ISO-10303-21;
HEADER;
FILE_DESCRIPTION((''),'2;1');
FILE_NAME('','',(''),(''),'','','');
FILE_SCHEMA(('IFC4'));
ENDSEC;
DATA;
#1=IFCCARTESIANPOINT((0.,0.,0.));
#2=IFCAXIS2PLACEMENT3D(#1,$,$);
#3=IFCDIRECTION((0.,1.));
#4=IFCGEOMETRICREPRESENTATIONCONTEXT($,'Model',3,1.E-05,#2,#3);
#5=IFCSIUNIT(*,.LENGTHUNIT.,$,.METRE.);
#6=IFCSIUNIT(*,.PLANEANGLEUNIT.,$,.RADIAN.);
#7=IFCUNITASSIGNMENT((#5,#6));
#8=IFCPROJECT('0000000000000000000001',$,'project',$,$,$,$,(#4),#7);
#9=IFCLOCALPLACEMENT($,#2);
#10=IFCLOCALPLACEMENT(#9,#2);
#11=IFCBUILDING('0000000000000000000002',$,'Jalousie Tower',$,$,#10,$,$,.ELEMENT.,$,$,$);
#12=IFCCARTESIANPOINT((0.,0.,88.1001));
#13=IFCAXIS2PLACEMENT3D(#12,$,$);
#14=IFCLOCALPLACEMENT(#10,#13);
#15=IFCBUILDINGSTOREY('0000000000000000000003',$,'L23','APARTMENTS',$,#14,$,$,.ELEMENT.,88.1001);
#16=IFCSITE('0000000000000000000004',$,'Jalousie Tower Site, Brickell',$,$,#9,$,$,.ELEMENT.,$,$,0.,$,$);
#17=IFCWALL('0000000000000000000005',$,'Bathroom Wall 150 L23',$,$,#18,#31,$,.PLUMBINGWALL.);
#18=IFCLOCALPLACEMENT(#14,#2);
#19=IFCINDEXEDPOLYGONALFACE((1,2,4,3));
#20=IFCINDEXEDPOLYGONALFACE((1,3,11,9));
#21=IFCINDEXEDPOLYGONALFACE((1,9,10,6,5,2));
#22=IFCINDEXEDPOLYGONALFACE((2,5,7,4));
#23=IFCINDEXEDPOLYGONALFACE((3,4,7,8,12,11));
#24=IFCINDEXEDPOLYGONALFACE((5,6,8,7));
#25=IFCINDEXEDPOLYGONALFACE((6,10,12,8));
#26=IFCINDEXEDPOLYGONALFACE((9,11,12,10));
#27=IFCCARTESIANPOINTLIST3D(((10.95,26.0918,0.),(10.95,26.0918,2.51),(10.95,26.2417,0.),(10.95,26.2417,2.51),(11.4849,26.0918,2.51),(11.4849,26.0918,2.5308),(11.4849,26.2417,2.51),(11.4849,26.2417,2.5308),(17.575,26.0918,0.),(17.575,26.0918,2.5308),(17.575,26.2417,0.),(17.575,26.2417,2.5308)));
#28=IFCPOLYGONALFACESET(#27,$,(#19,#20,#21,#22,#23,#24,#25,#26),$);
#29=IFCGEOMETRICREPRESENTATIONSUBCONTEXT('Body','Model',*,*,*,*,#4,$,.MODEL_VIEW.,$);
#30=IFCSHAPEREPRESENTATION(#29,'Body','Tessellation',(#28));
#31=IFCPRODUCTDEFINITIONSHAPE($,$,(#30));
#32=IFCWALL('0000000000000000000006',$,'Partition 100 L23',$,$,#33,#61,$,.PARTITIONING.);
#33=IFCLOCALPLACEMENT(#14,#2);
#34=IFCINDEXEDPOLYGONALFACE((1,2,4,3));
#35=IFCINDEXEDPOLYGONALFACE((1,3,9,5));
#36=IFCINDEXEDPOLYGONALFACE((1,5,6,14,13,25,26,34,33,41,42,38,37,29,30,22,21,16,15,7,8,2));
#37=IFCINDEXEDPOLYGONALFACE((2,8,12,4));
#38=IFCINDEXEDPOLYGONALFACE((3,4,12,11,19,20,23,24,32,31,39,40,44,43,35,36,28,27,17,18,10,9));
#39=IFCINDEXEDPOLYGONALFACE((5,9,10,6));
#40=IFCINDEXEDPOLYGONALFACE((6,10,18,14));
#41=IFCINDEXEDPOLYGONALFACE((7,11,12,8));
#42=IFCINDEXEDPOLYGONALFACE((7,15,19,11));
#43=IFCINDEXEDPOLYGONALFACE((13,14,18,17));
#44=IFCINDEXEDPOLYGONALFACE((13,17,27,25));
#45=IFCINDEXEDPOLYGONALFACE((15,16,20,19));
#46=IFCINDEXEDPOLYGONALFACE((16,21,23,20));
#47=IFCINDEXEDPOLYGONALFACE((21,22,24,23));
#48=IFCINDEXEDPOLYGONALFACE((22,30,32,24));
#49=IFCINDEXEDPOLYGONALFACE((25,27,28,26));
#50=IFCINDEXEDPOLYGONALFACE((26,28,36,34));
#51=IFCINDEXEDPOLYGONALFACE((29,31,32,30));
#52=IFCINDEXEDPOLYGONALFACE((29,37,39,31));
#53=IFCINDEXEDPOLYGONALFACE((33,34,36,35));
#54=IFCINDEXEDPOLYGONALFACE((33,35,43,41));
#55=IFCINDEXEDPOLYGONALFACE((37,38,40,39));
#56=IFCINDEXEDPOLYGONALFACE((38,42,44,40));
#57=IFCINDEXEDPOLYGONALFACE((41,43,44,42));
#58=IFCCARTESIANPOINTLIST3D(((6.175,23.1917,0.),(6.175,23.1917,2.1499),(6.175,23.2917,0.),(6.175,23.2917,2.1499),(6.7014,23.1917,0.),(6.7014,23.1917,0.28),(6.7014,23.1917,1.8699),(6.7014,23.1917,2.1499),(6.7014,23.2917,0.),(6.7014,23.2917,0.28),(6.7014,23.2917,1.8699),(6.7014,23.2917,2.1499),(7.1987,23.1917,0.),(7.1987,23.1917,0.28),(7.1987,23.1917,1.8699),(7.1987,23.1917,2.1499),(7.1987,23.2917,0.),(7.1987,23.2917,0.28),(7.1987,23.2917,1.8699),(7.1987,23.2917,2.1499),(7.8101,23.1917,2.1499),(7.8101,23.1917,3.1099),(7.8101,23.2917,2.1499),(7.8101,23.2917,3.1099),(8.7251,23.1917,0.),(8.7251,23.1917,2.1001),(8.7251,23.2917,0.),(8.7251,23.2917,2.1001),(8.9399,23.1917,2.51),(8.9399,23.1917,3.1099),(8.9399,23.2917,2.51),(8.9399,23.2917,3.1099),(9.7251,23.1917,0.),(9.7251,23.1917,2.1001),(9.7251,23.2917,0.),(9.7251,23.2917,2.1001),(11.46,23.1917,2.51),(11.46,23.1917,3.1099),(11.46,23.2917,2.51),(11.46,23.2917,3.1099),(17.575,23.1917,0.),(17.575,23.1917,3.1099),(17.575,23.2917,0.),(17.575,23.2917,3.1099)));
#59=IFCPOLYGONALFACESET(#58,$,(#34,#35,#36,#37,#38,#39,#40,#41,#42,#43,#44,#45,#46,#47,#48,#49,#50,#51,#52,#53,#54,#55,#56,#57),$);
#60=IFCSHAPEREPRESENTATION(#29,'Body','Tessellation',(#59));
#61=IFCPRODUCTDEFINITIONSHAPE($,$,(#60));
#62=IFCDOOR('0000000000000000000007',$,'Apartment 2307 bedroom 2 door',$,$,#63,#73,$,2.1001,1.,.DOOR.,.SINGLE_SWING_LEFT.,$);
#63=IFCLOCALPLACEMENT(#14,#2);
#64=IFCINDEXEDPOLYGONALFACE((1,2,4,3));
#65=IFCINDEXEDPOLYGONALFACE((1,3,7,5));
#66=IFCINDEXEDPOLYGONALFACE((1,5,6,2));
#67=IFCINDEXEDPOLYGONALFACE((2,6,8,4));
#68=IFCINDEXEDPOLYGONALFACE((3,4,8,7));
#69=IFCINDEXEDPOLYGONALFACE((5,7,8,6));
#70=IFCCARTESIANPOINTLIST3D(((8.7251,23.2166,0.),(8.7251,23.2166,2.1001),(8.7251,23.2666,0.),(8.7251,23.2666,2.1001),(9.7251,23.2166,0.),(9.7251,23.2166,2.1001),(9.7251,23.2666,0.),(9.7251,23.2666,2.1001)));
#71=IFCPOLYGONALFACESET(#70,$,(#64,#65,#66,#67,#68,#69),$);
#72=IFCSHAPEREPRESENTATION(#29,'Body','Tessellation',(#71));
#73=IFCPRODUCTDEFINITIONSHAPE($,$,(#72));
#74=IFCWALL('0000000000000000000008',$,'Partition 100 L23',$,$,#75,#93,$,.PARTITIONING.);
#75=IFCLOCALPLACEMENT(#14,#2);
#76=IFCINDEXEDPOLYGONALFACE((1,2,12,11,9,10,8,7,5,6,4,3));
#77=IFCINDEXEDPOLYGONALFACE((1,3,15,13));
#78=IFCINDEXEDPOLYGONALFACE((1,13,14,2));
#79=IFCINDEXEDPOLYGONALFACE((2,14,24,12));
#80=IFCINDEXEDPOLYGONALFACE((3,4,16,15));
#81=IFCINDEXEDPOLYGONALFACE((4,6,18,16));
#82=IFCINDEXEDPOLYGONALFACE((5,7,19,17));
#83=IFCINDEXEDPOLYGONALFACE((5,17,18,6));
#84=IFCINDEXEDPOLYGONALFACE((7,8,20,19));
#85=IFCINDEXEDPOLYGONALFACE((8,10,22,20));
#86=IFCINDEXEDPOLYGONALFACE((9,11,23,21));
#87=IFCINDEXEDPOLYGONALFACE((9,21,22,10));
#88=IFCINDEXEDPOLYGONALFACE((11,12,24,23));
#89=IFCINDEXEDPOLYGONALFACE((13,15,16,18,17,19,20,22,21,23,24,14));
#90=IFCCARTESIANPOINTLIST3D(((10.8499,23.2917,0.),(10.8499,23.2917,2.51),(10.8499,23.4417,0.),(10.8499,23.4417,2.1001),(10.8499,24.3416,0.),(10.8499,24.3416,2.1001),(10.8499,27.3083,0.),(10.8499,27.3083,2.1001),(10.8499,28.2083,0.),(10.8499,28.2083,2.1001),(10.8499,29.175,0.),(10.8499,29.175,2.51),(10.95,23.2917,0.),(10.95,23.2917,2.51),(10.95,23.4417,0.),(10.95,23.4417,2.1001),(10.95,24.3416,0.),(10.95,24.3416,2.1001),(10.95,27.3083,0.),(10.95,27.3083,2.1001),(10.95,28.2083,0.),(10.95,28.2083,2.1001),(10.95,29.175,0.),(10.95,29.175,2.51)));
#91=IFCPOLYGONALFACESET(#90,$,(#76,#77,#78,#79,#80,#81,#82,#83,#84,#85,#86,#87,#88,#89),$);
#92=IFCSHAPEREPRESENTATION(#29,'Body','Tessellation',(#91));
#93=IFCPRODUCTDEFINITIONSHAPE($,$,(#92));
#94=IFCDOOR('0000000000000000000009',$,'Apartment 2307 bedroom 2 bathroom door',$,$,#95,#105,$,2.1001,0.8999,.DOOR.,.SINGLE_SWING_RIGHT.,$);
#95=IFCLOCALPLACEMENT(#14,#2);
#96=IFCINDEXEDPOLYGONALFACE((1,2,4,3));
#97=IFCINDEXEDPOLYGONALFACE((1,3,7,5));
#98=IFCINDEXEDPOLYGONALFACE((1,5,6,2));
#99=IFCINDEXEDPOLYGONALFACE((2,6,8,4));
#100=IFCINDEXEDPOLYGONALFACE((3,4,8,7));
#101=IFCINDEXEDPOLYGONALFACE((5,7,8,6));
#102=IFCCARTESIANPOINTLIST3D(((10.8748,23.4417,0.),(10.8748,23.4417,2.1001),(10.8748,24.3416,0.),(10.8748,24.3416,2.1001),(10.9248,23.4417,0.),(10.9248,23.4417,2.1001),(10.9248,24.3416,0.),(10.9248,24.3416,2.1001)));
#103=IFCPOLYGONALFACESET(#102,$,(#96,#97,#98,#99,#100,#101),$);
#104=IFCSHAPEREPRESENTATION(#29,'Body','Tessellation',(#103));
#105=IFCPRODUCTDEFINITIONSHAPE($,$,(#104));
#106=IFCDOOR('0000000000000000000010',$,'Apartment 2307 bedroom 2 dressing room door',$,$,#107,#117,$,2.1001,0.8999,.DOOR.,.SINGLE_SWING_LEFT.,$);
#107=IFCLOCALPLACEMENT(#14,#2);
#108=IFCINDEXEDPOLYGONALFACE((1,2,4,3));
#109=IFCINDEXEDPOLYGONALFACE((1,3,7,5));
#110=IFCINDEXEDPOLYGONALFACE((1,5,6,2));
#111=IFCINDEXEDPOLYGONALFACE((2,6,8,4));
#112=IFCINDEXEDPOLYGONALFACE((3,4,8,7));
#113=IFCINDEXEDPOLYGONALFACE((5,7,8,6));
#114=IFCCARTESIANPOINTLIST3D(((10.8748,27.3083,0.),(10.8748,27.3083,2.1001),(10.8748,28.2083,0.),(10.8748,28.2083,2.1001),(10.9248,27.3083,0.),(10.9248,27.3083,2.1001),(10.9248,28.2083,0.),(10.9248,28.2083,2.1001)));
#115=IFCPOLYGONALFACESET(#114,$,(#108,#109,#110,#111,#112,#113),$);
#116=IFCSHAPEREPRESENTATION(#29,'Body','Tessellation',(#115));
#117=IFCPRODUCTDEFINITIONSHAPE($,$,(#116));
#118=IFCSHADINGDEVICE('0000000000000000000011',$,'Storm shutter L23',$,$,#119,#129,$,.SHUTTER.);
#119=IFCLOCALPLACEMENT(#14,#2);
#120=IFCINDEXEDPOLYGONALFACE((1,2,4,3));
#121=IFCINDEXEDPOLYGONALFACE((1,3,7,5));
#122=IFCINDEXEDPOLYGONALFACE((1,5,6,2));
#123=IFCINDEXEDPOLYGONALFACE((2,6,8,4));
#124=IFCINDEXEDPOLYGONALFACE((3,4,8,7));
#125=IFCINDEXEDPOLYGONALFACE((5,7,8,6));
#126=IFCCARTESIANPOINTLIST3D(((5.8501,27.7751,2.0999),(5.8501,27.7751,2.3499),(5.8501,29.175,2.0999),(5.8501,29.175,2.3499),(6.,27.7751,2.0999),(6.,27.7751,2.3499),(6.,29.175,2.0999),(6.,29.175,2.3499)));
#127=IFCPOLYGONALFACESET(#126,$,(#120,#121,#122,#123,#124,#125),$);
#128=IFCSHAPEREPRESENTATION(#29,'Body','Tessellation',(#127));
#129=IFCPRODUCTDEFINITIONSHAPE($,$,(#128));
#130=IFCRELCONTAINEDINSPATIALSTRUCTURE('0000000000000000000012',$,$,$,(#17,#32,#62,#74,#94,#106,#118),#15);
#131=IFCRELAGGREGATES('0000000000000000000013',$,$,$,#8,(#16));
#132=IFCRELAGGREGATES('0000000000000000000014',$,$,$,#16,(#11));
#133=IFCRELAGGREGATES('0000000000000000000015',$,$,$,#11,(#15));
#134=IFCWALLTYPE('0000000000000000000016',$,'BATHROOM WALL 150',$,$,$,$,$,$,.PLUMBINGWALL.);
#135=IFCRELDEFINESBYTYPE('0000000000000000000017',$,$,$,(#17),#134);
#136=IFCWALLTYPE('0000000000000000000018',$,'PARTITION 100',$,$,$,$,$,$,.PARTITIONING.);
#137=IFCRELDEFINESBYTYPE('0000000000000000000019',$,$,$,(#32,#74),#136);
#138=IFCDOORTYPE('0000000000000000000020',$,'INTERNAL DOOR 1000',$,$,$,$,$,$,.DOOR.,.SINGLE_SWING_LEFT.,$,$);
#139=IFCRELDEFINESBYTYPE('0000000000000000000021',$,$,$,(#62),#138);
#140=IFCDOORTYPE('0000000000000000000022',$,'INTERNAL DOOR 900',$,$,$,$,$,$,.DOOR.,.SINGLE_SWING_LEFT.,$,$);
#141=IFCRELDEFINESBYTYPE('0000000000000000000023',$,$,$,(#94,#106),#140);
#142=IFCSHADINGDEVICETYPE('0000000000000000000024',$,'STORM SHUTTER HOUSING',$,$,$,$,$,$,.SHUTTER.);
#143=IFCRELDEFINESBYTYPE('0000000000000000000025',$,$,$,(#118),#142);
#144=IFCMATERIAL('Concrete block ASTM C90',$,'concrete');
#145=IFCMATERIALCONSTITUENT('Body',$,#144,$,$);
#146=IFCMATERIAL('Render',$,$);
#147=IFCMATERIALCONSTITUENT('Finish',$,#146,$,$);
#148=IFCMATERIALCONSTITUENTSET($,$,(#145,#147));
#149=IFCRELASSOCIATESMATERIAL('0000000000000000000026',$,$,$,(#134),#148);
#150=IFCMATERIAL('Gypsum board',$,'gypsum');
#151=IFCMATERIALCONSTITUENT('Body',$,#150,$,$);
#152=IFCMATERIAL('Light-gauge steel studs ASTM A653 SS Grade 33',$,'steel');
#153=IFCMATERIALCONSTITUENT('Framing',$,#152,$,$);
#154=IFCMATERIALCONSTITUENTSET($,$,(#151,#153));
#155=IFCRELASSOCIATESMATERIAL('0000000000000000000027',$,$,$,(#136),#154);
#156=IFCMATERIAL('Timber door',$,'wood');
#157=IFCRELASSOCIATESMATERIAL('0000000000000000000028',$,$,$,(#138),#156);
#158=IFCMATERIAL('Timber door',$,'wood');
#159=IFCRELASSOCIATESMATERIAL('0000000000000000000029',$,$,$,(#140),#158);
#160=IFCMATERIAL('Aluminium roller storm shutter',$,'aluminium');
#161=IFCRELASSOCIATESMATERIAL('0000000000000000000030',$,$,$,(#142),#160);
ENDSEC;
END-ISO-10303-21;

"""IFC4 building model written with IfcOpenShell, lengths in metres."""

from ifc_helpers import new_model, si_unit, direction, frame, frame_2d, origin, origin_2d, place, context, subcontext, project, spatial, polyline, rectangle, outline, extrude, material, constituent, constituent_set, type_object, element, fill, save


model = new_model("IFC4")

# Units and contexts
model_context = context("Model", 3, precision=1e-05, world=origin(), true_north=direction((0.0, 1.0)))
body_context = subcontext(model_context, "Body", "Model", "MODEL_VIEW")
ifc_project = project(units=[si_unit("LENGTHUNIT", "METRE"), si_unit("PLANEANGLEUNIT", "RADIAN")], contexts=[model_context])

# Site, building, storey
site_placement = place(None, origin())
site = spatial("IfcSite", under=ifc_project, at=site_placement, Name="Jalousie Tower Site, Brickell", CompositionType="ELEMENT", RefElevation=0.0)
building_placement = place(site_placement, origin())
building = spatial("IfcBuilding", under=site, at=building_placement, Name="Jalousie Tower", CompositionType="ELEMENT")
storey_placement = place(building_placement, frame((0.0, 0.0, 88.1001)))
storey = spatial("IfcBuildingStorey", under=building, at=storey_placement, Name="L23", Description="APARTMENTS", CompositionType="ELEMENT", Elevation=88.1001)

# Wall
ifc_material_1 = material(Name="Concrete block ASTM C90", Category="concrete")
ifc_constituent_1 = constituent(ifc_material_1, Name="Body")
ifc_material_2 = material(Name="Render")
ifc_constituent_2 = constituent(ifc_material_2, Name="Finish")
ifc_constituent_set_1 = constituent_set(constituents=[ifc_constituent_1, ifc_constituent_2])
wall_type_1 = type_object("IfcWallType", Name="BATHROOM WALL 150", PredefinedType="PLUMBINGWALL", material=ifc_constituent_set_1)
wall_1_placement = place(storey_placement, frame((10.95, 26.1667, 0.0), z_axis=(0.0, 0.0, 1.0), x_axis=(1.0, 0.0, 0.0)))
element("IfcWall", 1, at=wall_1_placement, inside=storey, type_object=wall_type_1, Name="Bathroom Wall 150 L23", PredefinedType="PLUMBINGWALL", context=body_context, shape_type="SweptSolid", body=[
    extrude(outline(polyline([(0.0, 0.0), (6.625, 0.0), (6.625, 3.1099), (6.625, 2.5308), (0.5349, 2.5308), (0.5349, 2.51), (0.0, 2.51), (0.0, 3.1099), (0.0, 0.0)])), frame((0.0, 0.075, 0.0), z_axis=(0.0, -1.0, 0.0), x_axis=(1.0, 0.0, 0.0)), (0.0, 0.0, 1.0), 0.1499),
])

# Wall, opening, door
ifc_material_3 = material(Name="Gypsum board", Category="gypsum")
ifc_constituent_3 = constituent(ifc_material_3, Name="Body")
ifc_material_4 = material(Name="Light-gauge steel studs ASTM A653 SS Grade 33", Category="steel")
ifc_constituent_4 = constituent(ifc_material_4, Name="Framing")
ifc_constituent_set_2 = constituent_set(constituents=[ifc_constituent_3, ifc_constituent_4])
wall_type_2 = type_object("IfcWallType", Name="PARTITION 100", PredefinedType="PARTITIONING", material=ifc_constituent_set_2)
wall_2_placement = place(storey_placement, frame((6.175, 23.2417, 0.0), z_axis=(0.0, 0.0, 1.0), x_axis=(1.0, 0.0, 0.0)))
wall_2 = element("IfcWall", 2, at=wall_2_placement, inside=storey, type_object=wall_type_2, Name="Partition 100 L23", PredefinedType="PARTITIONING", context=body_context, shape_type="SweptSolid", body=[
    extrude(outline(polyline([(0.5264, 2.1499), (0.0, 2.1499), (0.0, 0.0), (0.5264, 0.0), (0.5264, 0.28), (1.0237, 0.28), (1.0237, 0.0), (11.3999, 0.0), (11.3999, 3.1099), (5.2849, 3.1099), (5.2849, 2.51), (2.7649, 2.51), (2.7649, 3.1099), (1.635, 3.1099), (1.635, 2.1499), (1.0237, 2.1499), (1.0237, 1.8699), (0.5264, 1.8699), (0.5264, 2.1499)])), frame((0.0, 0.05, 0.0), z_axis=(0.0, -1.0, 0.0), x_axis=(1.0, 0.0, 0.0)), (0.0, 0.0, 1.0), 0.1001),
])
opening_1_placement = place(wall_2_placement, frame((2.55, 0.0, 0.0)))
opening_1 = element("IfcOpeningElement", 3, at=opening_1_placement, cuts=wall_2, PredefinedType="OPENING", context=body_context, shape_type="SweptSolid", body=[
    extrude(rectangle(XDim=1.0, YDim=2.1001, at=frame_2d((0.5, 1.05))), frame((0.0, 0.0601, 0.0), z_axis=(0.0, -1.0, 0.0), x_axis=(1.0, 0.0, 0.0)), (0.0, 0.0, 1.0), 0.1201),
])
ifc_material_5 = material(Name="Timber door", Category="wood")
door_type_1 = type_object("IfcDoorType", Name="INTERNAL DOOR 1000", OperationType="SINGLE_SWING_LEFT", PredefinedType="DOOR", material=ifc_material_5)
door_1_placement = place(opening_1_placement, origin())
door_1 = element("IfcDoor", 4, at=door_1_placement, inside=storey, type_object=door_type_1, Name="Apartment 2307 bedroom 2 door", OperationType="SINGLE_SWING_LEFT", OverallHeight=2.1001, OverallWidth=1.0, PredefinedType="DOOR", context=body_context, shape_type="SweptSolid", body=[
    extrude(rectangle(XDim=1.0, YDim=2.1001, at=frame_2d((0.5, 1.05))), frame((0.0, 0.0249, 0.0), z_axis=(0.0, -1.0, 0.0), x_axis=(1.0, 0.0, 0.0)), (0.0, 0.0, 1.0), 0.05),
])
fill(opening_1, door_1)

# Wall, openings, doors
wall_3_placement = place(storey_placement, frame((10.8999, 23.2917, 0.0), z_axis=(0.0, 0.0, 1.0), x_axis=(0.0, 1.0, 0.0)))
wall_3 = element("IfcWall", 5, at=wall_3_placement, inside=storey, type_object=wall_type_2, Name="Partition 100 L23", PredefinedType="PARTITIONING", context=body_context, shape_type="SweptSolid", body=[
    extrude(outline(polyline([(0.0, 0.0), (5.8833, 0.0), (5.8833, 3.1099), (5.8833, 2.51), (1.7683, 2.51), (0.0, 2.51), (0.0, 3.1099), (0.0, 0.0)])), frame((0.0, 0.05, 0.0), z_axis=(0.0, -1.0, 0.0), x_axis=(1.0, 0.0, 0.0)), (0.0, 0.0, 1.0), 0.1001),
])
opening_2_placement = place(wall_3_placement, frame((0.1499, 0.0, 0.0)))
opening_2 = element("IfcOpeningElement", 6, at=opening_2_placement, cuts=wall_3, PredefinedType="OPENING", context=body_context, shape_type="SweptSolid", body=[
    extrude(rectangle(XDim=0.8999, YDim=2.1001, at=frame_2d((0.45, 1.05))), frame((0.0, 0.0601, 0.0), z_axis=(0.0, -1.0, 0.0), x_axis=(1.0, 0.0, 0.0)), (0.0, 0.0, 1.0), 0.1201),
])
opening_3_placement = place(wall_3_placement, frame((4.0166, 0.0, 0.0)))
opening_3 = element("IfcOpeningElement", 7, at=opening_3_placement, cuts=wall_3, PredefinedType="OPENING", context=body_context, shape_type="SweptSolid", body=[
    extrude(rectangle(XDim=0.8999, YDim=2.1001, at=frame_2d((0.45, 1.05))), frame((0.0, 0.0601, 0.0), z_axis=(0.0, -1.0, 0.0), x_axis=(1.0, 0.0, 0.0)), (0.0, 0.0, 1.0), 0.1201),
])
ifc_material_6 = material(Name="Timber door", Category="wood")
door_type_2 = type_object("IfcDoorType", Name="INTERNAL DOOR 900", OperationType="SINGLE_SWING_LEFT", PredefinedType="DOOR", material=ifc_material_6)
door_2_placement = place(opening_2_placement, frame((0.8999, 0.0, 0.0), z_axis=(0.0, 0.0, 1.0), x_axis=(-1.0, 0.0, 0.0)))
door_2 = element("IfcDoor", 8, at=door_2_placement, inside=storey, type_object=door_type_2, Name="Apartment 2307 bedroom 2 bathroom door", OperationType="SINGLE_SWING_RIGHT", OverallHeight=2.1001, OverallWidth=0.8999, PredefinedType="DOOR", context=body_context, shape_type="SweptSolid", body=[
    extrude(rectangle(XDim=0.8999, YDim=2.1001, at=frame_2d((0.45, 1.05))), frame((0.0, 0.0249, 0.0), z_axis=(0.0, -1.0, 0.0), x_axis=(1.0, 0.0, 0.0)), (0.0, 0.0, 1.0), 0.05),
])
fill(opening_2, door_2)
door_3_placement = place(opening_3_placement, frame((0.8999, 0.0, 0.0), z_axis=(0.0, 0.0, 1.0), x_axis=(-1.0, 0.0, 0.0)))
door_3 = element("IfcDoor", 9, at=door_3_placement, inside=storey, type_object=door_type_2, Name="Apartment 2307 bedroom 2 dressing room door", OperationType="SINGLE_SWING_LEFT", OverallHeight=2.1001, OverallWidth=0.8999, PredefinedType="DOOR", context=body_context, shape_type="SweptSolid", body=[
    extrude(rectangle(XDim=0.8999, YDim=2.1001, at=frame_2d((0.45, 1.05))), frame((0.0, 0.0249, 0.0), z_axis=(0.0, -1.0, 0.0), x_axis=(1.0, 0.0, 0.0)), (0.0, 0.0, 1.0), 0.05),
])
fill(opening_3, door_3)

# Shading device
ifc_material_7 = material(Name="Aluminium roller storm shutter", Category="aluminium")
shading_device_type = type_object("IfcShadingDeviceType", Name="STORM SHUTTER HOUSING", PredefinedType="SHUTTER", material=ifc_material_7)
shading_device_placement = place(storey_placement, frame((5.925, 28.4751, 2.0999), z_axis=(0.0, 0.0, 1.0), x_axis=(0.0, -1.0, 0.0)))
element("IfcShadingDevice", 10, at=shading_device_placement, inside=storey, type_object=shading_device_type, Name="Storm shutter L23", PredefinedType="SHUTTER", context=body_context, shape_type="SweptSolid", body=[
    extrude(rectangle(XDim=1.3999, YDim=0.1499, at=origin_2d()), origin(), (0.0, 0.0, 1.0), 0.25),
])

save(model, "model.ifc")
